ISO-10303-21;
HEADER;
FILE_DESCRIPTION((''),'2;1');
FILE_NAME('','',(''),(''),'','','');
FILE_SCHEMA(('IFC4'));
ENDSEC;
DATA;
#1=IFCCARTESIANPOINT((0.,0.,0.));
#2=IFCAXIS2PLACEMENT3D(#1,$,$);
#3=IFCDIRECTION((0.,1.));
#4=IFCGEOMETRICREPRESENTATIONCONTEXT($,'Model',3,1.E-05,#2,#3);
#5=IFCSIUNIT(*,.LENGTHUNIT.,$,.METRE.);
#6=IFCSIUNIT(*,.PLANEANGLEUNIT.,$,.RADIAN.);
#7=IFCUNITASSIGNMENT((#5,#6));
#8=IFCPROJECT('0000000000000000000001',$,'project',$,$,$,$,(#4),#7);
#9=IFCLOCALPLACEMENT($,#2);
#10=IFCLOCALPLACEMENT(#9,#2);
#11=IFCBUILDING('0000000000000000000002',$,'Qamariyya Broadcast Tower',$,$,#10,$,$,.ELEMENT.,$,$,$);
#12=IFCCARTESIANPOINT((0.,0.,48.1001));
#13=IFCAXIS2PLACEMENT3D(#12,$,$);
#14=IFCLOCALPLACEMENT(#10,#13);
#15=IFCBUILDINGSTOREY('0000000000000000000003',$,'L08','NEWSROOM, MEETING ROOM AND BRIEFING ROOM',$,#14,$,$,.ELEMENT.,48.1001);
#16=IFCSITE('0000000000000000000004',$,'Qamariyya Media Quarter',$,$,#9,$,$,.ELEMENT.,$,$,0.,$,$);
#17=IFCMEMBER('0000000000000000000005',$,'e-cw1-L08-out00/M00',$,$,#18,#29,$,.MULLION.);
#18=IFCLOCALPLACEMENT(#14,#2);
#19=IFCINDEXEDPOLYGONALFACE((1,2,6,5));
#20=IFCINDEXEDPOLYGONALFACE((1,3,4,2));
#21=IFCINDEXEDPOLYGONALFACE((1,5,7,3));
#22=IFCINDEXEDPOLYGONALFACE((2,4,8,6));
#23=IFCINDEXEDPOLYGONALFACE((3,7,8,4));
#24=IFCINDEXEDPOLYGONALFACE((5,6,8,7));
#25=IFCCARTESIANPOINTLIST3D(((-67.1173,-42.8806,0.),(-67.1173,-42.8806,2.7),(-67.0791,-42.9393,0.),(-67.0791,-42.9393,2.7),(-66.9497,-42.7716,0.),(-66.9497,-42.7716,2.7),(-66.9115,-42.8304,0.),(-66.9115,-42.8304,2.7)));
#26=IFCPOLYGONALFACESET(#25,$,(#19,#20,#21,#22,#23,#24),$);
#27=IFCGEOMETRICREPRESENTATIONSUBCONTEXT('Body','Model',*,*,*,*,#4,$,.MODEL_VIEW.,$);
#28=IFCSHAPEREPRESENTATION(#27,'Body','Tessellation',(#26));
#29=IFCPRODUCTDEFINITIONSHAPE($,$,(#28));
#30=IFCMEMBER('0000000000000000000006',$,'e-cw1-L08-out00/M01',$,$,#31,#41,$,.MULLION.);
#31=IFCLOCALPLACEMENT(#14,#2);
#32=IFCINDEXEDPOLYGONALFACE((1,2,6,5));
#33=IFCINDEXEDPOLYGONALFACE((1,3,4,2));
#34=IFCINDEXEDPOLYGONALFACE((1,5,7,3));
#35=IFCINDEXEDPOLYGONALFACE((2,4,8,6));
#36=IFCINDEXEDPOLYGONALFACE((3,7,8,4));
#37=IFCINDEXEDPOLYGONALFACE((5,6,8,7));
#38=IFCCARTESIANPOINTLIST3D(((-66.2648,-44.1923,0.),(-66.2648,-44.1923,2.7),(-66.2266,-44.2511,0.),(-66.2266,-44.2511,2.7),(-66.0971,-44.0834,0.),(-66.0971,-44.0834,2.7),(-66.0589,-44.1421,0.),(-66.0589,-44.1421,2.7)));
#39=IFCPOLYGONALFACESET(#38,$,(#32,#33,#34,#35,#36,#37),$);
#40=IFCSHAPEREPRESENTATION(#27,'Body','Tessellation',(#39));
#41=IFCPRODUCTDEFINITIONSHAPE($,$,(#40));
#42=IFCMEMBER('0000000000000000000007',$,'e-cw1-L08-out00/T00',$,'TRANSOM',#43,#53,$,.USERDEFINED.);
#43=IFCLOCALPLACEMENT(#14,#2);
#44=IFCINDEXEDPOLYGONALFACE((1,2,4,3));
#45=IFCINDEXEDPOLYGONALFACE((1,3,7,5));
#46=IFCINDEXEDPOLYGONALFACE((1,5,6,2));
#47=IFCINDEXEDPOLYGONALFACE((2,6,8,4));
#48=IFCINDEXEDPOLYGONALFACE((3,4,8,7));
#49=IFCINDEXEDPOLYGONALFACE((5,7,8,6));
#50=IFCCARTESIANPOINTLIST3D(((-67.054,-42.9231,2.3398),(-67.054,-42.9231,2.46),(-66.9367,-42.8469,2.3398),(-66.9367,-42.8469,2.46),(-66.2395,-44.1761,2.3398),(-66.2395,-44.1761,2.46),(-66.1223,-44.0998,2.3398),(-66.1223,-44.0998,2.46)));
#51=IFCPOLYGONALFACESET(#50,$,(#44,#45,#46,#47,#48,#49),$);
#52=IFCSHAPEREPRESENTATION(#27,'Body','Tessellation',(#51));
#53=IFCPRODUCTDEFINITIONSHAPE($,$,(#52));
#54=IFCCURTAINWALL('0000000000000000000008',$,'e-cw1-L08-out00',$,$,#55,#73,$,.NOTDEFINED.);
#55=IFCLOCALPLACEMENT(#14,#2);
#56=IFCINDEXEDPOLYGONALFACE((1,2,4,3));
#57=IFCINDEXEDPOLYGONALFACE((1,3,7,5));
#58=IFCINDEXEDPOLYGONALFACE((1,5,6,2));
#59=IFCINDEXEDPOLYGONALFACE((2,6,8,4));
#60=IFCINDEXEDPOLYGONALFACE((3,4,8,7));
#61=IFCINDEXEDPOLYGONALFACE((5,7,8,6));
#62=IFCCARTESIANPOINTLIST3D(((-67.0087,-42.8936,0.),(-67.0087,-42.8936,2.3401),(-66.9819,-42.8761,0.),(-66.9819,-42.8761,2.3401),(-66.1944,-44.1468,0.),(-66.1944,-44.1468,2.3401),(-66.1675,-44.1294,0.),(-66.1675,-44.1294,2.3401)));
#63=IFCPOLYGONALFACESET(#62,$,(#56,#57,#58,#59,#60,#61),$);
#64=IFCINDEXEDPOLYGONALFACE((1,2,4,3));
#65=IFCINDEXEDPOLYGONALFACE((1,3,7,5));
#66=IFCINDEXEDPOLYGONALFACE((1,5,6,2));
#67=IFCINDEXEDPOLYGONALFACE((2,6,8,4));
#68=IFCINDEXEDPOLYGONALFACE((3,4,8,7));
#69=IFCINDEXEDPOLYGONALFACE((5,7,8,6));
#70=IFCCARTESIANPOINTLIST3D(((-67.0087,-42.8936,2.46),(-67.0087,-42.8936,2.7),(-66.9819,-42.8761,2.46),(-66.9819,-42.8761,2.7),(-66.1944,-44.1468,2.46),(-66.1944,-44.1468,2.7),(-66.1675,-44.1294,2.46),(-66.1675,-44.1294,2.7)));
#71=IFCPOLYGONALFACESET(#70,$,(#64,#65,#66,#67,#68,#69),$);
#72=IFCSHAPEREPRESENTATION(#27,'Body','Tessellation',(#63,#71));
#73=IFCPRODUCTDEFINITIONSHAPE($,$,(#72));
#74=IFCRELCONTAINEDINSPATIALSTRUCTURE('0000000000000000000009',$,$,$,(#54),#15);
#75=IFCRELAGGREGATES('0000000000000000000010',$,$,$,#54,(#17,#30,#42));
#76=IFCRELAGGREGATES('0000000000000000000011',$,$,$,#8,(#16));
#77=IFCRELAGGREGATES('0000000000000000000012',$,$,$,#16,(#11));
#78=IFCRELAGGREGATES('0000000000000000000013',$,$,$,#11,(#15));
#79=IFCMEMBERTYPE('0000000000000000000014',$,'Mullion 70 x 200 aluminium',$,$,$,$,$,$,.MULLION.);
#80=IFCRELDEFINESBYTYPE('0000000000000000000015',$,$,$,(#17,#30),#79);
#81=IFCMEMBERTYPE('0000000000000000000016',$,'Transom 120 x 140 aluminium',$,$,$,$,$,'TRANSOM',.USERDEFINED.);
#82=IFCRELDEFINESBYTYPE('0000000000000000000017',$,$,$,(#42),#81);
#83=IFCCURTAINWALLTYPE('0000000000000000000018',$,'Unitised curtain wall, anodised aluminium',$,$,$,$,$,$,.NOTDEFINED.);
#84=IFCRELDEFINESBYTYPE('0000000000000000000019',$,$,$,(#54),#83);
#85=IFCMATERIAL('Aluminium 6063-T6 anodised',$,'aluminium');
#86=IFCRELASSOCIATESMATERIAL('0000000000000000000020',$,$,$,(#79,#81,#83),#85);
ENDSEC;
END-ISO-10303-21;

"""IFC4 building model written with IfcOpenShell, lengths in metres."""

from ifc_helpers import new_model, si_unit, direction, frame, origin, origin_2d, place, context, subcontext, project, spatial, rectangle, extrude, material, material_profile, profile_set, type_object, element, aggregate, save


model = new_model("IFC4")

# Units and contexts
model_context = context("Model", 3, precision=1e-05, world=origin(), true_north=direction((0.0, 1.0)))
body_context = subcontext(model_context, "Body", "Model", "MODEL_VIEW")
ifc_project = project(units=[si_unit("LENGTHUNIT", "METRE"), si_unit("PLANEANGLEUNIT", "RADIAN")], contexts=[model_context])

# Members
ifc_material_1 = material(Name="Aluminium 6063-T6 anodised", Category="aluminium")
ifc_material_profile_1 = material_profile(ifc_material_1, rectangle(XDim=0.2, YDim=0.0701, at=origin_2d()))
ifc_profile_set_1 = profile_set([ifc_material_profile_1], Name="Aluminium 6063-T6 anodised")
member_type_1 = type_object("IfcMemberType", Name="Mullion 70 x 200 aluminium", PredefinedType="MULLION", material=ifc_profile_set_1)
site_placement = place(None, origin())
building_placement = place(site_placement, origin())
storey_placement = place(building_placement, frame((0.0, 0.0, 48.1001)))
member_1_placement = place(storey_placement, frame((-67.0144, -42.8555, 0.0), z_axis=(0.0, 0.0, 1.0), x_axis=(0.838446, 0.544985, 0.0)))
member_1 = element("IfcMember", 1, at=member_1_placement, type_object=member_type_1, Name="e-cw1-L08-out00/M00", PredefinedType="MULLION", context=body_context, shape_type="SweptSolid", body=[
    extrude(rectangle(XDim=0.2, YDim=0.0701, at=origin_2d()), origin(), (0.0, 0.0, 1.0), 2.7),
])
member_2_placement = place(storey_placement, frame((-66.1619, -44.1672, 0.0), z_axis=(0.0, 0.0, 1.0), x_axis=(0.838446, 0.544985, 0.0)))
member_2 = element("IfcMember", 2, at=member_2_placement, type_object=member_type_1, Name="e-cw1-L08-out00/M01", PredefinedType="MULLION", context=body_context, shape_type="SweptSolid", body=[
    extrude(rectangle(XDim=0.2, YDim=0.0701, at=origin_2d()), origin(), (0.0, 0.0, 1.0), 2.7),
])
ifc_material_profile_2 = material_profile(ifc_material_1, rectangle(XDim=0.1399, YDim=0.1201, at=origin_2d()))
ifc_profile_set_2 = profile_set([ifc_material_profile_2], Name="Aluminium 6063-T6 anodised")
member_type_2 = type_object("IfcMemberType", Name="Transom 120 x 140 aluminium", ElementType="TRANSOM", PredefinedType="USERDEFINED", material=ifc_profile_set_2)
member_3_placement = place(storey_placement, frame((-66.9954, -42.885, 2.3999), z_axis=(0.545011, -0.838429, 0.0), x_axis=(0.838429, 0.545011, 0.0)))
member_3 = element("IfcMember", 3, at=member_3_placement, type_object=member_type_2, Name="e-cw1-L08-out00/T00", ObjectType="TRANSOM", PredefinedType="USERDEFINED", context=body_context, shape_type="SweptSolid", body=[
    extrude(rectangle(XDim=0.1399, YDim=0.1201, at=origin_2d()), origin(), (0.0, 0.0, 1.0), 1.4944),
])

# Site, building, storey
site = spatial("IfcSite", under=ifc_project, at=site_placement, Name="Qamariyya Media Quarter", CompositionType="ELEMENT", RefElevation=0.0)
building = spatial("IfcBuilding", under=site, at=building_placement, Name="Qamariyya Broadcast Tower", CompositionType="ELEMENT")
storey = spatial("IfcBuildingStorey", under=building, at=storey_placement, Name="L08", Description="NEWSROOM, MEETING ROOM AND BRIEFING ROOM", CompositionType="ELEMENT", Elevation=48.1001)

# Curtain wall
curtain_wall_type = type_object("IfcCurtainWallType", Name="Unitised curtain wall, anodised aluminium", PredefinedType="NOTDEFINED", material=ifc_material_1)
curtain_wall_1_placement = place(storey_placement, origin())
curtain_wall_1 = element("IfcCurtainWall", 4, at=curtain_wall_1_placement, inside=storey, type_object=curtain_wall_type, Name="e-cw1-L08-out00", PredefinedType="NOTDEFINED", context=body_context, shape_type="SweptSolid", body=[
    extrude(rectangle(XDim=1.4946, YDim=0.032, at=origin_2d()), frame((-66.5881, -43.5115, 0.0), x_axis=(0.544873, -0.838519, 0.0)), (0.0, 0.0, 1.0), 2.3401),
    extrude(rectangle(XDim=1.4946, YDim=0.032, at=origin_2d()), frame((-66.5881, -43.5115, 2.46), x_axis=(0.544873, -0.838519, 0.0)), (0.0, 0.0, 1.0), 0.24),
])
aggregate(curtain_wall_1, [member_1, member_2, member_3])

save(model, "model.ifc")
